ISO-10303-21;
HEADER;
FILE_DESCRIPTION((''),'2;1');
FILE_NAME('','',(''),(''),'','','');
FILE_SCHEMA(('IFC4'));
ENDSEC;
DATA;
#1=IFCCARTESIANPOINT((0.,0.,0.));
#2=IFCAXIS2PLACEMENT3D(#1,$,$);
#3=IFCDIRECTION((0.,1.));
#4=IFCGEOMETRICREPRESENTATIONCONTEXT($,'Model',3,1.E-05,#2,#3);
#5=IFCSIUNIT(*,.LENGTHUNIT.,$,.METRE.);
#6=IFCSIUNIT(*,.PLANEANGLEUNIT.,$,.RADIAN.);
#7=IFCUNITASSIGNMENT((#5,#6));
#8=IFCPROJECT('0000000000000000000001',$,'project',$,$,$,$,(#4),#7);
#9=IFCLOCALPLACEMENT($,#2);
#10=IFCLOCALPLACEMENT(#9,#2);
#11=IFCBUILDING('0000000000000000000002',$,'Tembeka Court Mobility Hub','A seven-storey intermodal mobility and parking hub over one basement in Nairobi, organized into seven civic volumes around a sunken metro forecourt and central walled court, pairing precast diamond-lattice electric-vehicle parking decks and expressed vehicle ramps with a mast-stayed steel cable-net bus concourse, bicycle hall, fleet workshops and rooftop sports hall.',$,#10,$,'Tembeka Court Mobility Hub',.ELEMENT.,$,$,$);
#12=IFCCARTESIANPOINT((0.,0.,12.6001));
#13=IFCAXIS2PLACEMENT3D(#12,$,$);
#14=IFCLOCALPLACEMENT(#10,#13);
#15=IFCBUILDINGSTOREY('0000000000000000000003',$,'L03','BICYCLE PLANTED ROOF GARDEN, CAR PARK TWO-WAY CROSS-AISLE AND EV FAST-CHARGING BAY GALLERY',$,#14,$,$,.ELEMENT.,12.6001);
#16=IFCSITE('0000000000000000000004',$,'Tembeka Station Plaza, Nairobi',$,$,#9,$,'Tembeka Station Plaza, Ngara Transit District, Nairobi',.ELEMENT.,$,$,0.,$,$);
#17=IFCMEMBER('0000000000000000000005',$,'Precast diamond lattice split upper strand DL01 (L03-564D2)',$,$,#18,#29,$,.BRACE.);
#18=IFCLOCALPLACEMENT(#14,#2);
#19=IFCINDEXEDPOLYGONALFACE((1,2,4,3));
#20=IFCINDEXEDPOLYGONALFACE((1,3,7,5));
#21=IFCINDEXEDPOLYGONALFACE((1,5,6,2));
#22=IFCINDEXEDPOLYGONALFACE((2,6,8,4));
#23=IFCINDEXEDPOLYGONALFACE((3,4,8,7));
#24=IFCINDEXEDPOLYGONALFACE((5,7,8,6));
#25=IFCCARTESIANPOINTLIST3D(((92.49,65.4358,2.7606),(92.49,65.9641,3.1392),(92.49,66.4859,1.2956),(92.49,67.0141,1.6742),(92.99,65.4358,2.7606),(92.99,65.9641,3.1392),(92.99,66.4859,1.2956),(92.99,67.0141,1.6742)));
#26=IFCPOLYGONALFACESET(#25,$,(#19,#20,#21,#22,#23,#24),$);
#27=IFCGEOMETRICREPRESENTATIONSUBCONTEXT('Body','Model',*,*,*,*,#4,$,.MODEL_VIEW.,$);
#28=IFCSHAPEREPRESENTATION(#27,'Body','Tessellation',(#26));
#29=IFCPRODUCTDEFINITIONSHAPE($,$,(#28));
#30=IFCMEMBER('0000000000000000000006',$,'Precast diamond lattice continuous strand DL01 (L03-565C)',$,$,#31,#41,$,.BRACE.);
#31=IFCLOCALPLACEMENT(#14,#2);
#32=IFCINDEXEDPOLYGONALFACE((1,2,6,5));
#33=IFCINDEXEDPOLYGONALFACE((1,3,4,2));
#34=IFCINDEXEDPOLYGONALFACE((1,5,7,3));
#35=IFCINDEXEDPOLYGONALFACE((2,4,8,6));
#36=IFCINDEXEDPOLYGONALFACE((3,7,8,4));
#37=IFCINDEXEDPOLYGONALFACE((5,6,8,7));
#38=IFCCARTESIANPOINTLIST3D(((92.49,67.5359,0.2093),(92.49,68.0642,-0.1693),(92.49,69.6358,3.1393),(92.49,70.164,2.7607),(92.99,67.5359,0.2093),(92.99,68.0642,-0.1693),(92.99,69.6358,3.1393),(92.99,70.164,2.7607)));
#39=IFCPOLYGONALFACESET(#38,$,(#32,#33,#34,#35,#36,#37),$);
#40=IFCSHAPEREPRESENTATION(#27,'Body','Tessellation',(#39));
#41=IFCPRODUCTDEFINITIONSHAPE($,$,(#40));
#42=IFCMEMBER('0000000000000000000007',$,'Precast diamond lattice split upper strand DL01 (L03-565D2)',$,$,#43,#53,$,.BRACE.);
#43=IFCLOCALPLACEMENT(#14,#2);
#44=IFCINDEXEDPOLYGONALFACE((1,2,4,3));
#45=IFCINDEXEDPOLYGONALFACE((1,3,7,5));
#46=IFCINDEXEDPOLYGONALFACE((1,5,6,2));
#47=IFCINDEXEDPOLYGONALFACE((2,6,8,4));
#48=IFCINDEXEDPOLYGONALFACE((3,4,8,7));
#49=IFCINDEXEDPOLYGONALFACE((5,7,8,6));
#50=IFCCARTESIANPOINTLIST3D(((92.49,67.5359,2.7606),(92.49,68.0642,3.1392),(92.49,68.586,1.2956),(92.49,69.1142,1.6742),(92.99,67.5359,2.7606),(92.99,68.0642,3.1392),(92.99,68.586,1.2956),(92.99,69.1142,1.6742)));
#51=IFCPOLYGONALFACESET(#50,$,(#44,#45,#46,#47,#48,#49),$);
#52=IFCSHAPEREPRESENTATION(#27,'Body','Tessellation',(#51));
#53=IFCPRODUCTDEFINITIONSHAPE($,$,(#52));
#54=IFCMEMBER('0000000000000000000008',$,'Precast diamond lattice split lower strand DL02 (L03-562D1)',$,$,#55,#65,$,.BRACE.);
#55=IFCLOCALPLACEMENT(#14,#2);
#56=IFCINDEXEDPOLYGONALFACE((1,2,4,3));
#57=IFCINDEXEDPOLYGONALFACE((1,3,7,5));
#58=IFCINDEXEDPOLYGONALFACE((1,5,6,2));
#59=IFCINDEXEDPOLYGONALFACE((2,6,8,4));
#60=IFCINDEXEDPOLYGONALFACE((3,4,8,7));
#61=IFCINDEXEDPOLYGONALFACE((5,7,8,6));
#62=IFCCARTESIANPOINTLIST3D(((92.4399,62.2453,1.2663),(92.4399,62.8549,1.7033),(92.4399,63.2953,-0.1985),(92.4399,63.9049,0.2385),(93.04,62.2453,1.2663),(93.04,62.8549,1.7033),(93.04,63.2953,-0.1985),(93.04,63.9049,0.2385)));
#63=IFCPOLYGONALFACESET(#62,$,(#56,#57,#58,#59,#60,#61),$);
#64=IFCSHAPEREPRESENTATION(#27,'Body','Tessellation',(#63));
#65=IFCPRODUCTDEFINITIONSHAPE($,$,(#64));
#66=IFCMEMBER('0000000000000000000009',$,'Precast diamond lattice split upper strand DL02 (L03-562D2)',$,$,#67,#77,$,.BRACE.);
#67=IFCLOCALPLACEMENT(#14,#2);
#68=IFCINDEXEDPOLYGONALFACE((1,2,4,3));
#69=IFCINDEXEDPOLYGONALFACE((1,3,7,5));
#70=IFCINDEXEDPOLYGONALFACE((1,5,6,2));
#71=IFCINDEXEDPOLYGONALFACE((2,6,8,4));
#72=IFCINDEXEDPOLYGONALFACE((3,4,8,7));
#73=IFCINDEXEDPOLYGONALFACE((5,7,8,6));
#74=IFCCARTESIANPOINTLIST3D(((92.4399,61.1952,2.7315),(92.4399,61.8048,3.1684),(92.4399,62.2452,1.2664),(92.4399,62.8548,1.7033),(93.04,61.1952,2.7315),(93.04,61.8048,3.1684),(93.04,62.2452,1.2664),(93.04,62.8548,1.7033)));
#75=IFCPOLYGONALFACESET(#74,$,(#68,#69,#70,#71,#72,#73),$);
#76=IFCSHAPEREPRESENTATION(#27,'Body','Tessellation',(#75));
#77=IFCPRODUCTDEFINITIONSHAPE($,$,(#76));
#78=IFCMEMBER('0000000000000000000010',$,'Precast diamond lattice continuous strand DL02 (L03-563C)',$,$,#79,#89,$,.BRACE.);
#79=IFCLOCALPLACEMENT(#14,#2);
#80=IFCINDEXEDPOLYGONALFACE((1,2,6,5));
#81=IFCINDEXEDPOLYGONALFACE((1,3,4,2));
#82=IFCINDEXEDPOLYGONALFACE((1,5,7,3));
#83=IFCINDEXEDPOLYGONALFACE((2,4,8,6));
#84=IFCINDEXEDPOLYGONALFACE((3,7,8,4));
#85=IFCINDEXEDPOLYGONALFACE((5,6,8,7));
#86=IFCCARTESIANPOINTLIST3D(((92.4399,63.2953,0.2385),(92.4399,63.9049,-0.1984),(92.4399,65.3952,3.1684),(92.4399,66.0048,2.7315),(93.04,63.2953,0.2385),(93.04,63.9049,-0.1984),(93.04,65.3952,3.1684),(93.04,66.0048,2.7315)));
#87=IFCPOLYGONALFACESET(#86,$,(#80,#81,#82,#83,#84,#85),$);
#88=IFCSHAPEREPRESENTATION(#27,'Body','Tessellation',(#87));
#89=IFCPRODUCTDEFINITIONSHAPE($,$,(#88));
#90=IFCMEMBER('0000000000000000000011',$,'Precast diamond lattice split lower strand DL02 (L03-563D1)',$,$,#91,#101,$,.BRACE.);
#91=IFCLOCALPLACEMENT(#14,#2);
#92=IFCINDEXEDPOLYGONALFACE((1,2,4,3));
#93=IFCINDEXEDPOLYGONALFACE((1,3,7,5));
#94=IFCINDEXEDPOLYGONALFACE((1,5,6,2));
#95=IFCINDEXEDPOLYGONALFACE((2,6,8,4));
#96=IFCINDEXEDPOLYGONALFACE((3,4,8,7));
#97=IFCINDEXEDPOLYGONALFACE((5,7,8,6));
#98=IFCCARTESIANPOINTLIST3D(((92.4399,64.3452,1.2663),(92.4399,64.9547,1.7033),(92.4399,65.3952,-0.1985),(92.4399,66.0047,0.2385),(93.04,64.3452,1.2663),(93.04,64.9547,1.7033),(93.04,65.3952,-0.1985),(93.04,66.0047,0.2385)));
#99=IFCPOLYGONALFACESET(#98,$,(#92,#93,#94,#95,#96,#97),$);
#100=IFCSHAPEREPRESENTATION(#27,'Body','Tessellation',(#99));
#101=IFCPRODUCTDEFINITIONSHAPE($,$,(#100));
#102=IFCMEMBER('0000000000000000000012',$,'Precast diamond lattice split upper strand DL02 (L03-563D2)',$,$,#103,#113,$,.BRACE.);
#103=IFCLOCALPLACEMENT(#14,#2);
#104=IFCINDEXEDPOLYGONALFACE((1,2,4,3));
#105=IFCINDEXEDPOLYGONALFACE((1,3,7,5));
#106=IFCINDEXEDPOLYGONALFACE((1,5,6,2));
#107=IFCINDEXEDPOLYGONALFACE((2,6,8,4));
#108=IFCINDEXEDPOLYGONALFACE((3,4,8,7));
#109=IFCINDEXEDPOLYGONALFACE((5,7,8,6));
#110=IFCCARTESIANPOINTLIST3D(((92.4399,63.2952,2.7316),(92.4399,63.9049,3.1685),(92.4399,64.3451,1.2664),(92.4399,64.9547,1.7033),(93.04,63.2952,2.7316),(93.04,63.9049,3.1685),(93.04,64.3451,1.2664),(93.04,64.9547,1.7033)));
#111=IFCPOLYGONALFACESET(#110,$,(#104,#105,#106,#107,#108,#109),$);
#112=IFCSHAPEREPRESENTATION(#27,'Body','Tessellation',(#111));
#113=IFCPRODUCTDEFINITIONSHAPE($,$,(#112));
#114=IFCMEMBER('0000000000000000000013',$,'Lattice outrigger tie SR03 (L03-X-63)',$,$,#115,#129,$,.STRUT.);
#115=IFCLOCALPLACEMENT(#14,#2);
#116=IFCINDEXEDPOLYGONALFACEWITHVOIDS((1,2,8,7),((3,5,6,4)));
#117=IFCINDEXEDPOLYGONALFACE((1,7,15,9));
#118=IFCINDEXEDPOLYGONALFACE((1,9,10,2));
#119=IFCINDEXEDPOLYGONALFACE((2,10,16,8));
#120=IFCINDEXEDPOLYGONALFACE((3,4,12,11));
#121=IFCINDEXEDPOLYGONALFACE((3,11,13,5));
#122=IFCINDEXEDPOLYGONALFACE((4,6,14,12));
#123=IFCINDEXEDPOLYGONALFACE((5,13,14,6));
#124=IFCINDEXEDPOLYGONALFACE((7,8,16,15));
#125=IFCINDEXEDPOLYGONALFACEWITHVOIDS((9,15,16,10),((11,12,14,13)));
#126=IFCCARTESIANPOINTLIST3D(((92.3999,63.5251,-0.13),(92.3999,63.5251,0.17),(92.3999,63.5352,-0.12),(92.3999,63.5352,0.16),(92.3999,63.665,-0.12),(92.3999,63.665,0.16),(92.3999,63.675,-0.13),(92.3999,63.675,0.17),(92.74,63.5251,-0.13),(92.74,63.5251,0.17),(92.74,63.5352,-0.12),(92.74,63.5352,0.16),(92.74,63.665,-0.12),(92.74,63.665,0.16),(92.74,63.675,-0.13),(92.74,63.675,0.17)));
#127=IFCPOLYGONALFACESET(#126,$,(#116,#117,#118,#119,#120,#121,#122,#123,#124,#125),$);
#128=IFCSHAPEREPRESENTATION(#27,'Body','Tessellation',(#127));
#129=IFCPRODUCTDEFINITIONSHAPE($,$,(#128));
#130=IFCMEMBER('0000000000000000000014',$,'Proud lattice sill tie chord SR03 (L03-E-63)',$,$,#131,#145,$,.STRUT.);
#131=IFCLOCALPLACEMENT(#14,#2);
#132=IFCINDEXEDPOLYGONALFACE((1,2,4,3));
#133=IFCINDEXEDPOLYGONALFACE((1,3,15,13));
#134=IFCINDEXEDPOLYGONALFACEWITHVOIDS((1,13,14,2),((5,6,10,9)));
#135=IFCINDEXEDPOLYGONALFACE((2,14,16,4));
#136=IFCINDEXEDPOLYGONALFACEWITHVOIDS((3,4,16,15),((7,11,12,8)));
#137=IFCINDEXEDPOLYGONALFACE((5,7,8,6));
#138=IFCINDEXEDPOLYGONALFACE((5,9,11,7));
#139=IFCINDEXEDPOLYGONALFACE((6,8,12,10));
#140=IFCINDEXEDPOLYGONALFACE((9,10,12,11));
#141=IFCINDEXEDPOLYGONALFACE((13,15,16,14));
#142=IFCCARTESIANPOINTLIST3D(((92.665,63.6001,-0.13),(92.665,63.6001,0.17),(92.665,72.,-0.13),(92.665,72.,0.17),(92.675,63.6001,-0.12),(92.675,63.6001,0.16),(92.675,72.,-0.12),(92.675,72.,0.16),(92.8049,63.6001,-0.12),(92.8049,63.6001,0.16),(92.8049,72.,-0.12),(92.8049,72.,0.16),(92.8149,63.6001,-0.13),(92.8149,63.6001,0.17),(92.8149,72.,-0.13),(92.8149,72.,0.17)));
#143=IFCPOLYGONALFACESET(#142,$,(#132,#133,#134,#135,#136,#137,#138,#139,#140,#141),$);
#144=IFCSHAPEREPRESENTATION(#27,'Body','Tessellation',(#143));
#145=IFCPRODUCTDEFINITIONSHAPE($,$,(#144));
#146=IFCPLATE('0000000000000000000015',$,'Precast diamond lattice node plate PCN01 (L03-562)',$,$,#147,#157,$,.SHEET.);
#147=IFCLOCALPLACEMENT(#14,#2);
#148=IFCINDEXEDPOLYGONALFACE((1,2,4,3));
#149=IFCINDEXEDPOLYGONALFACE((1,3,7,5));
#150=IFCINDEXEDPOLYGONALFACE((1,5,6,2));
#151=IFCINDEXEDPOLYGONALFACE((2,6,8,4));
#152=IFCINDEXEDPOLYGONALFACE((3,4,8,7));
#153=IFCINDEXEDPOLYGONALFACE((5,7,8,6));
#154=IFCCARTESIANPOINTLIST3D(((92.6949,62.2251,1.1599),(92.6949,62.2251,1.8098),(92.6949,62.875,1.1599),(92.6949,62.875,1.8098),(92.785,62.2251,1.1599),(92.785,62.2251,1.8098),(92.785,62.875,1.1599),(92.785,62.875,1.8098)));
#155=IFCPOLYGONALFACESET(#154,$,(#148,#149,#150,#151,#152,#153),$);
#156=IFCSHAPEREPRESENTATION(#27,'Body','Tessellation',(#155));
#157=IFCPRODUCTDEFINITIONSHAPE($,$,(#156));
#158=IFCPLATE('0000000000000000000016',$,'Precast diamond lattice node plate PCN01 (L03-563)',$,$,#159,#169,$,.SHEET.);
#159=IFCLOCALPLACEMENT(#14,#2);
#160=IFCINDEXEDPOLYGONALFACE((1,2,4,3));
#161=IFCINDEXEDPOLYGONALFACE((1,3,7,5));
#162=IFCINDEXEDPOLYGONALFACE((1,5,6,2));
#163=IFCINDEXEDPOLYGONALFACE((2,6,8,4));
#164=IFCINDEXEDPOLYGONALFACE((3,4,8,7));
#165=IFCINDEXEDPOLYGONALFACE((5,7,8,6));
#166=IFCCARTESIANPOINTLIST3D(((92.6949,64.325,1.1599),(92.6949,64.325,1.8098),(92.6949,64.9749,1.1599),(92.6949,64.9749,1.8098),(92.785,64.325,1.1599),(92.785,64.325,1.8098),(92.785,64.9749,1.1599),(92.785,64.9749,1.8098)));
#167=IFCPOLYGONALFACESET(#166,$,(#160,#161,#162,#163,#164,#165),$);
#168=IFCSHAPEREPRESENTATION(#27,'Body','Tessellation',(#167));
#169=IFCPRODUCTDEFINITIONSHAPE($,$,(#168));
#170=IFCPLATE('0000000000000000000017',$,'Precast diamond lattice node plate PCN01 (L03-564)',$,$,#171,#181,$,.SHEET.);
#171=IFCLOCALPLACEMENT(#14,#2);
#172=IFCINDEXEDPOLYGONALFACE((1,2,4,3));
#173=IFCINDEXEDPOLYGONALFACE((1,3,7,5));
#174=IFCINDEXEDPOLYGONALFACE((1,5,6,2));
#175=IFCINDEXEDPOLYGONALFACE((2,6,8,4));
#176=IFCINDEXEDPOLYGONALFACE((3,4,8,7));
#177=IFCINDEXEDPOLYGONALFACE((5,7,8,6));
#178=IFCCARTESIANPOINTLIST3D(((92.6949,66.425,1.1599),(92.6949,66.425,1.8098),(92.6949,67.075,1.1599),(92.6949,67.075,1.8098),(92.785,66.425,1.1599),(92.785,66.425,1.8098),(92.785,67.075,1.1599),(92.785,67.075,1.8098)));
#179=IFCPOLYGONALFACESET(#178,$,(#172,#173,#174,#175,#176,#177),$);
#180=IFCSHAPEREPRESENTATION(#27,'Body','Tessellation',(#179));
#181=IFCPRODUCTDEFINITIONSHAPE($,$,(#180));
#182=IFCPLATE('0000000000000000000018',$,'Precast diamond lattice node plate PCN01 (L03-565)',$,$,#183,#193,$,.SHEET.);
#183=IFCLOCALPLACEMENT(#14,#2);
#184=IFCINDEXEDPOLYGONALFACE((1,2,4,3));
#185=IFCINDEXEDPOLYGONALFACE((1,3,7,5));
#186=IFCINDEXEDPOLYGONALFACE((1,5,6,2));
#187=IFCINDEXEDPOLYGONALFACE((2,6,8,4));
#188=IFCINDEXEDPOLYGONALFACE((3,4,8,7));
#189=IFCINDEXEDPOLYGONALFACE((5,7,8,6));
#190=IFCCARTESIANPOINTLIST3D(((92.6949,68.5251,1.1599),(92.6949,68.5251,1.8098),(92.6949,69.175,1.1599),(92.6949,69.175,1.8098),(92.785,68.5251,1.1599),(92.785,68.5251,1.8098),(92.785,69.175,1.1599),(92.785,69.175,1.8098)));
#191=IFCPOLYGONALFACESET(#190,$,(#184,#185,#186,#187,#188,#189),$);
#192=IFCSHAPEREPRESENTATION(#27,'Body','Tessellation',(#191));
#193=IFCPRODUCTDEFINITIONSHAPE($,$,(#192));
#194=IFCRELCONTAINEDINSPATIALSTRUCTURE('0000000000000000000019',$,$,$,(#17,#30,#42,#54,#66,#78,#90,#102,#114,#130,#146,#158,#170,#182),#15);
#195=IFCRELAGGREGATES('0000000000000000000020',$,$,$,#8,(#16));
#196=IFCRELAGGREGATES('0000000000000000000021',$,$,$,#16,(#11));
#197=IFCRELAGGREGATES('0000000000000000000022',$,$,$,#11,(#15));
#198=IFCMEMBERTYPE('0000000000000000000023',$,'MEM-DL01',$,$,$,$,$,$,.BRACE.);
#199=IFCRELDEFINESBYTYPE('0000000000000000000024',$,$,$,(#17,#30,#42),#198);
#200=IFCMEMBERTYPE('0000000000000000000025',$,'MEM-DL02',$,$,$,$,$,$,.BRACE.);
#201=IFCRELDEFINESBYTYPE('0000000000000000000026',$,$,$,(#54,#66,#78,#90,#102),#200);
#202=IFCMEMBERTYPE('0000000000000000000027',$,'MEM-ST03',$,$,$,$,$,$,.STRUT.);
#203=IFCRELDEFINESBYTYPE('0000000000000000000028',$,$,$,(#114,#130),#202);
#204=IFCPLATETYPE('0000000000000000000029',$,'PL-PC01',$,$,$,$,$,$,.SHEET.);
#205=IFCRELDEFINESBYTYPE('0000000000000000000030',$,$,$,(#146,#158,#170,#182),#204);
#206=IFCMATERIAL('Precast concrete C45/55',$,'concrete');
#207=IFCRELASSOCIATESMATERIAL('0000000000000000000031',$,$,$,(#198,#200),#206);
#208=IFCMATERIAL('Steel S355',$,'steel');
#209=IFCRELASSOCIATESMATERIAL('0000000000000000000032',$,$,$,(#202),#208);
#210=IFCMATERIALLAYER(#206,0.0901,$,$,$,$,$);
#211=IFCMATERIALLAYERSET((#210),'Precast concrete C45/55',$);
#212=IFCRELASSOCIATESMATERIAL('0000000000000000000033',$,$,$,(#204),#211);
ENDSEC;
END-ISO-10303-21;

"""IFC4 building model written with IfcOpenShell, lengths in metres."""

from ifc_helpers import new_model, si_unit, direction, frame, origin, origin_2d, place, context, subcontext, project, spatial, rectangle, hollow_rectangle, extrude, material, layer, layer_set, material_profile, profile_set, type_object, element, save


model = new_model("IFC4")

# Units and contexts
model_context = context("Model", 3, precision=1e-05, world=origin(), true_north=direction((0.0, 1.0)))
body_context = subcontext(model_context, "Body", "Model", "MODEL_VIEW")
ifc_project = project(units=[si_unit("LENGTHUNIT", "METRE"), si_unit("PLANEANGLEUNIT", "RADIAN")], contexts=[model_context])

# Site, building, storey
site_placement = place(None, origin())
site = spatial("IfcSite", under=ifc_project, at=site_placement, Name="Tembeka Station Plaza, Nairobi", LongName="Tembeka Station Plaza, Ngara Transit District, Nairobi", CompositionType="ELEMENT", RefElevation=0.0)
building_placement = place(site_placement, origin())
building = spatial("IfcBuilding", under=site, at=building_placement, Name="Tembeka Court Mobility Hub", Description="A seven-storey intermodal mobility and parking hub over one basement in Nairobi, organized into seven civic volumes around a sunken metro forecourt and central walled court, pairing precast diamond-lattice electric-vehicle parking decks and expressed vehicle ramps with a mast-stayed steel cable-net bus concourse, bicycle hall, fleet workshops and rooftop sports hall.", LongName="Tembeka Court Mobility Hub", CompositionType="ELEMENT")
storey_placement = place(building_placement, frame((0.0, 0.0, 12.6001)))
storey = spatial("IfcBuildingStorey", under=building, at=storey_placement, Name="L03", Description="BICYCLE PLANTED ROOF GARDEN, CAR PARK TWO-WAY CROSS-AISLE AND EV FAST-CHARGING BAY GALLERY", CompositionType="ELEMENT", Elevation=12.6001)

# Shared definitions
ifc_material_1 = material(Name="Steel S355", Category="steel")

# Shared definitions
ifc_material_2 = material(Name="Precast concrete C45/55", Category="concrete")

# Members
ifc_material_profile_1 = material_profile(ifc_material_2, rectangle(XDim=0.5, YDim=0.6499, at=origin_2d()), Name="PC-DIAG 500x650")
ifc_profile_set_1 = profile_set([ifc_material_profile_1], Name="Precast concrete C45/55")
member_type_1 = type_object("IfcMemberType", Name="MEM-DL01", PredefinedType="BRACE", material=ifc_profile_set_1)
member_1_placement = place(storey_placement, frame((92.74, 66.75, 1.4849), z_axis=(0.0, -0.582544, 0.812799), x_axis=(1.0, 0.0, 0.0)))
element("IfcMember", 1, at=member_1_placement, inside=storey, type_object=member_type_1, Name="Precast diamond lattice split upper strand DL01 (L03-564D2)", PredefinedType="BRACE", context=body_context, shape_type="SweptSolid", body=[
    extrude(rectangle(XDim=0.5, YDim=0.6499, at=origin_2d()), origin(), (0.0, 0.0, 1.0), 1.8025),
])
member_2_placement = place(storey_placement, frame((92.74, 67.8, 0.02), z_axis=(0.0, 0.582532, 0.812808), x_axis=(-1.0, 0.0, 0.0)))
element("IfcMember", 2, at=member_2_placement, inside=storey, type_object=member_type_1, Name="Precast diamond lattice continuous strand DL01 (L03-565C)", PredefinedType="BRACE", context=body_context, shape_type="SweptSolid", body=[
    extrude(rectangle(XDim=0.5, YDim=0.6499, at=origin_2d()), origin(), (0.0, 0.0, 1.0), 3.6047),
])
member_3_placement = place(storey_placement, frame((92.74, 68.8501, 1.4849), z_axis=(0.0, -0.582544, 0.812799), x_axis=(1.0, 0.0, 0.0)))
element("IfcMember", 3, at=member_3_placement, inside=storey, type_object=member_type_1, Name="Precast diamond lattice split upper strand DL01 (L03-565D2)", PredefinedType="BRACE", context=body_context, shape_type="SweptSolid", body=[
    extrude(rectangle(XDim=0.5, YDim=0.6499, at=origin_2d()), origin(), (0.0, 0.0, 1.0), 1.8025),
])
ifc_material_profile_2 = material_profile(ifc_material_2, rectangle(XDim=0.6001, YDim=0.75, at=origin_2d()), Name="PC-DIAG 600x750")
ifc_profile_set_2 = profile_set([ifc_material_profile_2], Name="Precast concrete C45/55")
member_type_2 = type_object("IfcMemberType", Name="MEM-DL02", PredefinedType="BRACE", material=ifc_profile_set_2)
member_4_placement = place(storey_placement, frame((92.74, 63.6001, 0.02), z_axis=(0.0, -0.582608, 0.812753), x_axis=(1.0, 0.0, 0.0)))
element("IfcMember", 4, at=member_4_placement, inside=storey, type_object=member_type_2, Name="Precast diamond lattice split lower strand DL02 (L03-562D1)", PredefinedType="BRACE", context=body_context, shape_type="SweptSolid", body=[
    extrude(rectangle(XDim=0.6001, YDim=0.75, at=origin_2d()), origin(), (0.0, 0.0, 1.0), 1.8022),
])
member_5_placement = place(storey_placement, frame((92.74, 62.55, 1.4849), z_axis=(0.0, -0.582544, 0.812799), x_axis=(1.0, 0.0, 0.0)))
element("IfcMember", 5, at=member_5_placement, inside=storey, type_object=member_type_2, Name="Precast diamond lattice split upper strand DL02 (L03-562D2)", PredefinedType="BRACE", context=body_context, shape_type="SweptSolid", body=[
    extrude(rectangle(XDim=0.6001, YDim=0.75, at=origin_2d()), origin(), (0.0, 0.0, 1.0), 1.8025),
])
member_6_placement = place(storey_placement, frame((92.74, 63.6001, 0.02), z_axis=(0.0, 0.582532, 0.812808), x_axis=(-1.0, 0.0, 0.0)))
element("IfcMember", 6, at=member_6_placement, inside=storey, type_object=member_type_2, Name="Precast diamond lattice continuous strand DL02 (L03-563C)", PredefinedType="BRACE", context=body_context, shape_type="SweptSolid", body=[
    extrude(rectangle(XDim=0.6001, YDim=0.75, at=origin_2d()), origin(), (0.0, 0.0, 1.0), 3.6047),
])
member_7_placement = place(storey_placement, frame((92.74, 65.7, 0.02), z_axis=(0.0, -0.582608, 0.812753), x_axis=(1.0, 0.0, 0.0)))
element("IfcMember", 7, at=member_7_placement, inside=storey, type_object=member_type_2, Name="Precast diamond lattice split lower strand DL02 (L03-563D1)", PredefinedType="BRACE", context=body_context, shape_type="SweptSolid", body=[
    extrude(rectangle(XDim=0.6001, YDim=0.75, at=origin_2d()), origin(), (0.0, 0.0, 1.0), 1.8022),
])
member_8_placement = place(storey_placement, frame((92.74, 64.6499, 1.4849), z_axis=(0.0, -0.582455, 0.812863), x_axis=(1.0, 0.0, 0.0)))
element("IfcMember", 8, at=member_8_placement, inside=storey, type_object=member_type_2, Name="Precast diamond lattice split upper strand DL02 (L03-563D2)", PredefinedType="BRACE", context=body_context, shape_type="SweptSolid", body=[
    extrude(rectangle(XDim=0.6001, YDim=0.75, at=origin_2d()), origin(), (0.0, 0.0, 1.0), 1.8025),
])
ifc_material_profile_3 = material_profile(ifc_material_1, hollow_rectangle(XDim=0.1499, YDim=0.3, WallThickness=0.01, at=origin_2d()), Name="RHS 300x150x10")
ifc_profile_set_3 = profile_set([ifc_material_profile_3], Name="Steel S355")
member_type_3 = type_object("IfcMemberType", Name="MEM-ST03", PredefinedType="STRUT", material=ifc_profile_set_3)
member_9_placement = place(storey_placement, frame((92.3999, 63.6001, 0.02), z_axis=(1.0, 0.0, 0.0), x_axis=(0.0, 1.0, 0.0)))
element("IfcMember", 9, at=member_9_placement, inside=storey, type_object=member_type_3, Name="Lattice outrigger tie SR03 (L03-X-63)", PredefinedType="STRUT", context=body_context, shape_type="SweptSolid", body=[
    extrude(hollow_rectangle(XDim=0.1499, YDim=0.3, WallThickness=0.01, at=origin_2d()), origin(), (0.0, 0.0, 1.0), 0.3401),
])
member_10_placement = place(storey_placement, frame((92.74, 63.6001, 0.02), z_axis=(0.0, 1.0, 0.0), x_axis=(-1.0, 0.0, 0.0)))
element("IfcMember", 10, at=member_10_placement, inside=storey, type_object=member_type_3, Name="Proud lattice sill tie chord SR03 (L03-E-63)", PredefinedType="STRUT", context=body_context, shape_type="SweptSolid", body=[
    extrude(hollow_rectangle(XDim=0.1499, YDim=0.3, WallThickness=0.01, at=origin_2d()), origin(), (0.0, 0.0, 1.0), 8.3999),
])

# Plates
ifc_layer_1 = layer(ifc_material_2, 0.0901)
ifc_layer_set_1 = layer_set([ifc_layer_1], Name="Precast concrete C45/55")
plate_type = type_object("IfcPlateType", Name="PL-PC01", PredefinedType="SHEET", material=ifc_layer_set_1)
for number, where, z_axis, x_axis, name in (
    (11, (92.74, 62.55, 1.1599), (0.0, 0.0, 1.0), (1.0, 0.0, 0.0), "Precast diamond lattice node plate PCN01 (L03-562)"),
    (12, (92.74, 64.6499, 1.1599), (0.0, 0.0, 1.0), (1.0, 0.0, 0.0), "Precast diamond lattice node plate PCN01 (L03-563)"),
    (13, (92.74, 66.75, 1.1599), (0.0, 0.0, 1.0), (1.0, 0.0, 0.0), "Precast diamond lattice node plate PCN01 (L03-564)"),
    (14, (92.74, 68.8501, 1.1599), (0.0, 0.0, 1.0), (1.0, 0.0, 0.0), "Precast diamond lattice node plate PCN01 (L03-565)"),
):
    element("IfcPlate", number, at=place(storey_placement, frame(where, z_axis=z_axis, x_axis=x_axis)), inside=storey, type_object=plate_type, Name=name, PredefinedType="SHEET", context=body_context, shape_type="SweptSolid", body=[
        extrude(rectangle(XDim=0.0901, YDim=0.6499, at=origin_2d()), origin(), (0.0, 0.0, 1.0), 0.6499),
    ])

save(model, "model.ifc")
